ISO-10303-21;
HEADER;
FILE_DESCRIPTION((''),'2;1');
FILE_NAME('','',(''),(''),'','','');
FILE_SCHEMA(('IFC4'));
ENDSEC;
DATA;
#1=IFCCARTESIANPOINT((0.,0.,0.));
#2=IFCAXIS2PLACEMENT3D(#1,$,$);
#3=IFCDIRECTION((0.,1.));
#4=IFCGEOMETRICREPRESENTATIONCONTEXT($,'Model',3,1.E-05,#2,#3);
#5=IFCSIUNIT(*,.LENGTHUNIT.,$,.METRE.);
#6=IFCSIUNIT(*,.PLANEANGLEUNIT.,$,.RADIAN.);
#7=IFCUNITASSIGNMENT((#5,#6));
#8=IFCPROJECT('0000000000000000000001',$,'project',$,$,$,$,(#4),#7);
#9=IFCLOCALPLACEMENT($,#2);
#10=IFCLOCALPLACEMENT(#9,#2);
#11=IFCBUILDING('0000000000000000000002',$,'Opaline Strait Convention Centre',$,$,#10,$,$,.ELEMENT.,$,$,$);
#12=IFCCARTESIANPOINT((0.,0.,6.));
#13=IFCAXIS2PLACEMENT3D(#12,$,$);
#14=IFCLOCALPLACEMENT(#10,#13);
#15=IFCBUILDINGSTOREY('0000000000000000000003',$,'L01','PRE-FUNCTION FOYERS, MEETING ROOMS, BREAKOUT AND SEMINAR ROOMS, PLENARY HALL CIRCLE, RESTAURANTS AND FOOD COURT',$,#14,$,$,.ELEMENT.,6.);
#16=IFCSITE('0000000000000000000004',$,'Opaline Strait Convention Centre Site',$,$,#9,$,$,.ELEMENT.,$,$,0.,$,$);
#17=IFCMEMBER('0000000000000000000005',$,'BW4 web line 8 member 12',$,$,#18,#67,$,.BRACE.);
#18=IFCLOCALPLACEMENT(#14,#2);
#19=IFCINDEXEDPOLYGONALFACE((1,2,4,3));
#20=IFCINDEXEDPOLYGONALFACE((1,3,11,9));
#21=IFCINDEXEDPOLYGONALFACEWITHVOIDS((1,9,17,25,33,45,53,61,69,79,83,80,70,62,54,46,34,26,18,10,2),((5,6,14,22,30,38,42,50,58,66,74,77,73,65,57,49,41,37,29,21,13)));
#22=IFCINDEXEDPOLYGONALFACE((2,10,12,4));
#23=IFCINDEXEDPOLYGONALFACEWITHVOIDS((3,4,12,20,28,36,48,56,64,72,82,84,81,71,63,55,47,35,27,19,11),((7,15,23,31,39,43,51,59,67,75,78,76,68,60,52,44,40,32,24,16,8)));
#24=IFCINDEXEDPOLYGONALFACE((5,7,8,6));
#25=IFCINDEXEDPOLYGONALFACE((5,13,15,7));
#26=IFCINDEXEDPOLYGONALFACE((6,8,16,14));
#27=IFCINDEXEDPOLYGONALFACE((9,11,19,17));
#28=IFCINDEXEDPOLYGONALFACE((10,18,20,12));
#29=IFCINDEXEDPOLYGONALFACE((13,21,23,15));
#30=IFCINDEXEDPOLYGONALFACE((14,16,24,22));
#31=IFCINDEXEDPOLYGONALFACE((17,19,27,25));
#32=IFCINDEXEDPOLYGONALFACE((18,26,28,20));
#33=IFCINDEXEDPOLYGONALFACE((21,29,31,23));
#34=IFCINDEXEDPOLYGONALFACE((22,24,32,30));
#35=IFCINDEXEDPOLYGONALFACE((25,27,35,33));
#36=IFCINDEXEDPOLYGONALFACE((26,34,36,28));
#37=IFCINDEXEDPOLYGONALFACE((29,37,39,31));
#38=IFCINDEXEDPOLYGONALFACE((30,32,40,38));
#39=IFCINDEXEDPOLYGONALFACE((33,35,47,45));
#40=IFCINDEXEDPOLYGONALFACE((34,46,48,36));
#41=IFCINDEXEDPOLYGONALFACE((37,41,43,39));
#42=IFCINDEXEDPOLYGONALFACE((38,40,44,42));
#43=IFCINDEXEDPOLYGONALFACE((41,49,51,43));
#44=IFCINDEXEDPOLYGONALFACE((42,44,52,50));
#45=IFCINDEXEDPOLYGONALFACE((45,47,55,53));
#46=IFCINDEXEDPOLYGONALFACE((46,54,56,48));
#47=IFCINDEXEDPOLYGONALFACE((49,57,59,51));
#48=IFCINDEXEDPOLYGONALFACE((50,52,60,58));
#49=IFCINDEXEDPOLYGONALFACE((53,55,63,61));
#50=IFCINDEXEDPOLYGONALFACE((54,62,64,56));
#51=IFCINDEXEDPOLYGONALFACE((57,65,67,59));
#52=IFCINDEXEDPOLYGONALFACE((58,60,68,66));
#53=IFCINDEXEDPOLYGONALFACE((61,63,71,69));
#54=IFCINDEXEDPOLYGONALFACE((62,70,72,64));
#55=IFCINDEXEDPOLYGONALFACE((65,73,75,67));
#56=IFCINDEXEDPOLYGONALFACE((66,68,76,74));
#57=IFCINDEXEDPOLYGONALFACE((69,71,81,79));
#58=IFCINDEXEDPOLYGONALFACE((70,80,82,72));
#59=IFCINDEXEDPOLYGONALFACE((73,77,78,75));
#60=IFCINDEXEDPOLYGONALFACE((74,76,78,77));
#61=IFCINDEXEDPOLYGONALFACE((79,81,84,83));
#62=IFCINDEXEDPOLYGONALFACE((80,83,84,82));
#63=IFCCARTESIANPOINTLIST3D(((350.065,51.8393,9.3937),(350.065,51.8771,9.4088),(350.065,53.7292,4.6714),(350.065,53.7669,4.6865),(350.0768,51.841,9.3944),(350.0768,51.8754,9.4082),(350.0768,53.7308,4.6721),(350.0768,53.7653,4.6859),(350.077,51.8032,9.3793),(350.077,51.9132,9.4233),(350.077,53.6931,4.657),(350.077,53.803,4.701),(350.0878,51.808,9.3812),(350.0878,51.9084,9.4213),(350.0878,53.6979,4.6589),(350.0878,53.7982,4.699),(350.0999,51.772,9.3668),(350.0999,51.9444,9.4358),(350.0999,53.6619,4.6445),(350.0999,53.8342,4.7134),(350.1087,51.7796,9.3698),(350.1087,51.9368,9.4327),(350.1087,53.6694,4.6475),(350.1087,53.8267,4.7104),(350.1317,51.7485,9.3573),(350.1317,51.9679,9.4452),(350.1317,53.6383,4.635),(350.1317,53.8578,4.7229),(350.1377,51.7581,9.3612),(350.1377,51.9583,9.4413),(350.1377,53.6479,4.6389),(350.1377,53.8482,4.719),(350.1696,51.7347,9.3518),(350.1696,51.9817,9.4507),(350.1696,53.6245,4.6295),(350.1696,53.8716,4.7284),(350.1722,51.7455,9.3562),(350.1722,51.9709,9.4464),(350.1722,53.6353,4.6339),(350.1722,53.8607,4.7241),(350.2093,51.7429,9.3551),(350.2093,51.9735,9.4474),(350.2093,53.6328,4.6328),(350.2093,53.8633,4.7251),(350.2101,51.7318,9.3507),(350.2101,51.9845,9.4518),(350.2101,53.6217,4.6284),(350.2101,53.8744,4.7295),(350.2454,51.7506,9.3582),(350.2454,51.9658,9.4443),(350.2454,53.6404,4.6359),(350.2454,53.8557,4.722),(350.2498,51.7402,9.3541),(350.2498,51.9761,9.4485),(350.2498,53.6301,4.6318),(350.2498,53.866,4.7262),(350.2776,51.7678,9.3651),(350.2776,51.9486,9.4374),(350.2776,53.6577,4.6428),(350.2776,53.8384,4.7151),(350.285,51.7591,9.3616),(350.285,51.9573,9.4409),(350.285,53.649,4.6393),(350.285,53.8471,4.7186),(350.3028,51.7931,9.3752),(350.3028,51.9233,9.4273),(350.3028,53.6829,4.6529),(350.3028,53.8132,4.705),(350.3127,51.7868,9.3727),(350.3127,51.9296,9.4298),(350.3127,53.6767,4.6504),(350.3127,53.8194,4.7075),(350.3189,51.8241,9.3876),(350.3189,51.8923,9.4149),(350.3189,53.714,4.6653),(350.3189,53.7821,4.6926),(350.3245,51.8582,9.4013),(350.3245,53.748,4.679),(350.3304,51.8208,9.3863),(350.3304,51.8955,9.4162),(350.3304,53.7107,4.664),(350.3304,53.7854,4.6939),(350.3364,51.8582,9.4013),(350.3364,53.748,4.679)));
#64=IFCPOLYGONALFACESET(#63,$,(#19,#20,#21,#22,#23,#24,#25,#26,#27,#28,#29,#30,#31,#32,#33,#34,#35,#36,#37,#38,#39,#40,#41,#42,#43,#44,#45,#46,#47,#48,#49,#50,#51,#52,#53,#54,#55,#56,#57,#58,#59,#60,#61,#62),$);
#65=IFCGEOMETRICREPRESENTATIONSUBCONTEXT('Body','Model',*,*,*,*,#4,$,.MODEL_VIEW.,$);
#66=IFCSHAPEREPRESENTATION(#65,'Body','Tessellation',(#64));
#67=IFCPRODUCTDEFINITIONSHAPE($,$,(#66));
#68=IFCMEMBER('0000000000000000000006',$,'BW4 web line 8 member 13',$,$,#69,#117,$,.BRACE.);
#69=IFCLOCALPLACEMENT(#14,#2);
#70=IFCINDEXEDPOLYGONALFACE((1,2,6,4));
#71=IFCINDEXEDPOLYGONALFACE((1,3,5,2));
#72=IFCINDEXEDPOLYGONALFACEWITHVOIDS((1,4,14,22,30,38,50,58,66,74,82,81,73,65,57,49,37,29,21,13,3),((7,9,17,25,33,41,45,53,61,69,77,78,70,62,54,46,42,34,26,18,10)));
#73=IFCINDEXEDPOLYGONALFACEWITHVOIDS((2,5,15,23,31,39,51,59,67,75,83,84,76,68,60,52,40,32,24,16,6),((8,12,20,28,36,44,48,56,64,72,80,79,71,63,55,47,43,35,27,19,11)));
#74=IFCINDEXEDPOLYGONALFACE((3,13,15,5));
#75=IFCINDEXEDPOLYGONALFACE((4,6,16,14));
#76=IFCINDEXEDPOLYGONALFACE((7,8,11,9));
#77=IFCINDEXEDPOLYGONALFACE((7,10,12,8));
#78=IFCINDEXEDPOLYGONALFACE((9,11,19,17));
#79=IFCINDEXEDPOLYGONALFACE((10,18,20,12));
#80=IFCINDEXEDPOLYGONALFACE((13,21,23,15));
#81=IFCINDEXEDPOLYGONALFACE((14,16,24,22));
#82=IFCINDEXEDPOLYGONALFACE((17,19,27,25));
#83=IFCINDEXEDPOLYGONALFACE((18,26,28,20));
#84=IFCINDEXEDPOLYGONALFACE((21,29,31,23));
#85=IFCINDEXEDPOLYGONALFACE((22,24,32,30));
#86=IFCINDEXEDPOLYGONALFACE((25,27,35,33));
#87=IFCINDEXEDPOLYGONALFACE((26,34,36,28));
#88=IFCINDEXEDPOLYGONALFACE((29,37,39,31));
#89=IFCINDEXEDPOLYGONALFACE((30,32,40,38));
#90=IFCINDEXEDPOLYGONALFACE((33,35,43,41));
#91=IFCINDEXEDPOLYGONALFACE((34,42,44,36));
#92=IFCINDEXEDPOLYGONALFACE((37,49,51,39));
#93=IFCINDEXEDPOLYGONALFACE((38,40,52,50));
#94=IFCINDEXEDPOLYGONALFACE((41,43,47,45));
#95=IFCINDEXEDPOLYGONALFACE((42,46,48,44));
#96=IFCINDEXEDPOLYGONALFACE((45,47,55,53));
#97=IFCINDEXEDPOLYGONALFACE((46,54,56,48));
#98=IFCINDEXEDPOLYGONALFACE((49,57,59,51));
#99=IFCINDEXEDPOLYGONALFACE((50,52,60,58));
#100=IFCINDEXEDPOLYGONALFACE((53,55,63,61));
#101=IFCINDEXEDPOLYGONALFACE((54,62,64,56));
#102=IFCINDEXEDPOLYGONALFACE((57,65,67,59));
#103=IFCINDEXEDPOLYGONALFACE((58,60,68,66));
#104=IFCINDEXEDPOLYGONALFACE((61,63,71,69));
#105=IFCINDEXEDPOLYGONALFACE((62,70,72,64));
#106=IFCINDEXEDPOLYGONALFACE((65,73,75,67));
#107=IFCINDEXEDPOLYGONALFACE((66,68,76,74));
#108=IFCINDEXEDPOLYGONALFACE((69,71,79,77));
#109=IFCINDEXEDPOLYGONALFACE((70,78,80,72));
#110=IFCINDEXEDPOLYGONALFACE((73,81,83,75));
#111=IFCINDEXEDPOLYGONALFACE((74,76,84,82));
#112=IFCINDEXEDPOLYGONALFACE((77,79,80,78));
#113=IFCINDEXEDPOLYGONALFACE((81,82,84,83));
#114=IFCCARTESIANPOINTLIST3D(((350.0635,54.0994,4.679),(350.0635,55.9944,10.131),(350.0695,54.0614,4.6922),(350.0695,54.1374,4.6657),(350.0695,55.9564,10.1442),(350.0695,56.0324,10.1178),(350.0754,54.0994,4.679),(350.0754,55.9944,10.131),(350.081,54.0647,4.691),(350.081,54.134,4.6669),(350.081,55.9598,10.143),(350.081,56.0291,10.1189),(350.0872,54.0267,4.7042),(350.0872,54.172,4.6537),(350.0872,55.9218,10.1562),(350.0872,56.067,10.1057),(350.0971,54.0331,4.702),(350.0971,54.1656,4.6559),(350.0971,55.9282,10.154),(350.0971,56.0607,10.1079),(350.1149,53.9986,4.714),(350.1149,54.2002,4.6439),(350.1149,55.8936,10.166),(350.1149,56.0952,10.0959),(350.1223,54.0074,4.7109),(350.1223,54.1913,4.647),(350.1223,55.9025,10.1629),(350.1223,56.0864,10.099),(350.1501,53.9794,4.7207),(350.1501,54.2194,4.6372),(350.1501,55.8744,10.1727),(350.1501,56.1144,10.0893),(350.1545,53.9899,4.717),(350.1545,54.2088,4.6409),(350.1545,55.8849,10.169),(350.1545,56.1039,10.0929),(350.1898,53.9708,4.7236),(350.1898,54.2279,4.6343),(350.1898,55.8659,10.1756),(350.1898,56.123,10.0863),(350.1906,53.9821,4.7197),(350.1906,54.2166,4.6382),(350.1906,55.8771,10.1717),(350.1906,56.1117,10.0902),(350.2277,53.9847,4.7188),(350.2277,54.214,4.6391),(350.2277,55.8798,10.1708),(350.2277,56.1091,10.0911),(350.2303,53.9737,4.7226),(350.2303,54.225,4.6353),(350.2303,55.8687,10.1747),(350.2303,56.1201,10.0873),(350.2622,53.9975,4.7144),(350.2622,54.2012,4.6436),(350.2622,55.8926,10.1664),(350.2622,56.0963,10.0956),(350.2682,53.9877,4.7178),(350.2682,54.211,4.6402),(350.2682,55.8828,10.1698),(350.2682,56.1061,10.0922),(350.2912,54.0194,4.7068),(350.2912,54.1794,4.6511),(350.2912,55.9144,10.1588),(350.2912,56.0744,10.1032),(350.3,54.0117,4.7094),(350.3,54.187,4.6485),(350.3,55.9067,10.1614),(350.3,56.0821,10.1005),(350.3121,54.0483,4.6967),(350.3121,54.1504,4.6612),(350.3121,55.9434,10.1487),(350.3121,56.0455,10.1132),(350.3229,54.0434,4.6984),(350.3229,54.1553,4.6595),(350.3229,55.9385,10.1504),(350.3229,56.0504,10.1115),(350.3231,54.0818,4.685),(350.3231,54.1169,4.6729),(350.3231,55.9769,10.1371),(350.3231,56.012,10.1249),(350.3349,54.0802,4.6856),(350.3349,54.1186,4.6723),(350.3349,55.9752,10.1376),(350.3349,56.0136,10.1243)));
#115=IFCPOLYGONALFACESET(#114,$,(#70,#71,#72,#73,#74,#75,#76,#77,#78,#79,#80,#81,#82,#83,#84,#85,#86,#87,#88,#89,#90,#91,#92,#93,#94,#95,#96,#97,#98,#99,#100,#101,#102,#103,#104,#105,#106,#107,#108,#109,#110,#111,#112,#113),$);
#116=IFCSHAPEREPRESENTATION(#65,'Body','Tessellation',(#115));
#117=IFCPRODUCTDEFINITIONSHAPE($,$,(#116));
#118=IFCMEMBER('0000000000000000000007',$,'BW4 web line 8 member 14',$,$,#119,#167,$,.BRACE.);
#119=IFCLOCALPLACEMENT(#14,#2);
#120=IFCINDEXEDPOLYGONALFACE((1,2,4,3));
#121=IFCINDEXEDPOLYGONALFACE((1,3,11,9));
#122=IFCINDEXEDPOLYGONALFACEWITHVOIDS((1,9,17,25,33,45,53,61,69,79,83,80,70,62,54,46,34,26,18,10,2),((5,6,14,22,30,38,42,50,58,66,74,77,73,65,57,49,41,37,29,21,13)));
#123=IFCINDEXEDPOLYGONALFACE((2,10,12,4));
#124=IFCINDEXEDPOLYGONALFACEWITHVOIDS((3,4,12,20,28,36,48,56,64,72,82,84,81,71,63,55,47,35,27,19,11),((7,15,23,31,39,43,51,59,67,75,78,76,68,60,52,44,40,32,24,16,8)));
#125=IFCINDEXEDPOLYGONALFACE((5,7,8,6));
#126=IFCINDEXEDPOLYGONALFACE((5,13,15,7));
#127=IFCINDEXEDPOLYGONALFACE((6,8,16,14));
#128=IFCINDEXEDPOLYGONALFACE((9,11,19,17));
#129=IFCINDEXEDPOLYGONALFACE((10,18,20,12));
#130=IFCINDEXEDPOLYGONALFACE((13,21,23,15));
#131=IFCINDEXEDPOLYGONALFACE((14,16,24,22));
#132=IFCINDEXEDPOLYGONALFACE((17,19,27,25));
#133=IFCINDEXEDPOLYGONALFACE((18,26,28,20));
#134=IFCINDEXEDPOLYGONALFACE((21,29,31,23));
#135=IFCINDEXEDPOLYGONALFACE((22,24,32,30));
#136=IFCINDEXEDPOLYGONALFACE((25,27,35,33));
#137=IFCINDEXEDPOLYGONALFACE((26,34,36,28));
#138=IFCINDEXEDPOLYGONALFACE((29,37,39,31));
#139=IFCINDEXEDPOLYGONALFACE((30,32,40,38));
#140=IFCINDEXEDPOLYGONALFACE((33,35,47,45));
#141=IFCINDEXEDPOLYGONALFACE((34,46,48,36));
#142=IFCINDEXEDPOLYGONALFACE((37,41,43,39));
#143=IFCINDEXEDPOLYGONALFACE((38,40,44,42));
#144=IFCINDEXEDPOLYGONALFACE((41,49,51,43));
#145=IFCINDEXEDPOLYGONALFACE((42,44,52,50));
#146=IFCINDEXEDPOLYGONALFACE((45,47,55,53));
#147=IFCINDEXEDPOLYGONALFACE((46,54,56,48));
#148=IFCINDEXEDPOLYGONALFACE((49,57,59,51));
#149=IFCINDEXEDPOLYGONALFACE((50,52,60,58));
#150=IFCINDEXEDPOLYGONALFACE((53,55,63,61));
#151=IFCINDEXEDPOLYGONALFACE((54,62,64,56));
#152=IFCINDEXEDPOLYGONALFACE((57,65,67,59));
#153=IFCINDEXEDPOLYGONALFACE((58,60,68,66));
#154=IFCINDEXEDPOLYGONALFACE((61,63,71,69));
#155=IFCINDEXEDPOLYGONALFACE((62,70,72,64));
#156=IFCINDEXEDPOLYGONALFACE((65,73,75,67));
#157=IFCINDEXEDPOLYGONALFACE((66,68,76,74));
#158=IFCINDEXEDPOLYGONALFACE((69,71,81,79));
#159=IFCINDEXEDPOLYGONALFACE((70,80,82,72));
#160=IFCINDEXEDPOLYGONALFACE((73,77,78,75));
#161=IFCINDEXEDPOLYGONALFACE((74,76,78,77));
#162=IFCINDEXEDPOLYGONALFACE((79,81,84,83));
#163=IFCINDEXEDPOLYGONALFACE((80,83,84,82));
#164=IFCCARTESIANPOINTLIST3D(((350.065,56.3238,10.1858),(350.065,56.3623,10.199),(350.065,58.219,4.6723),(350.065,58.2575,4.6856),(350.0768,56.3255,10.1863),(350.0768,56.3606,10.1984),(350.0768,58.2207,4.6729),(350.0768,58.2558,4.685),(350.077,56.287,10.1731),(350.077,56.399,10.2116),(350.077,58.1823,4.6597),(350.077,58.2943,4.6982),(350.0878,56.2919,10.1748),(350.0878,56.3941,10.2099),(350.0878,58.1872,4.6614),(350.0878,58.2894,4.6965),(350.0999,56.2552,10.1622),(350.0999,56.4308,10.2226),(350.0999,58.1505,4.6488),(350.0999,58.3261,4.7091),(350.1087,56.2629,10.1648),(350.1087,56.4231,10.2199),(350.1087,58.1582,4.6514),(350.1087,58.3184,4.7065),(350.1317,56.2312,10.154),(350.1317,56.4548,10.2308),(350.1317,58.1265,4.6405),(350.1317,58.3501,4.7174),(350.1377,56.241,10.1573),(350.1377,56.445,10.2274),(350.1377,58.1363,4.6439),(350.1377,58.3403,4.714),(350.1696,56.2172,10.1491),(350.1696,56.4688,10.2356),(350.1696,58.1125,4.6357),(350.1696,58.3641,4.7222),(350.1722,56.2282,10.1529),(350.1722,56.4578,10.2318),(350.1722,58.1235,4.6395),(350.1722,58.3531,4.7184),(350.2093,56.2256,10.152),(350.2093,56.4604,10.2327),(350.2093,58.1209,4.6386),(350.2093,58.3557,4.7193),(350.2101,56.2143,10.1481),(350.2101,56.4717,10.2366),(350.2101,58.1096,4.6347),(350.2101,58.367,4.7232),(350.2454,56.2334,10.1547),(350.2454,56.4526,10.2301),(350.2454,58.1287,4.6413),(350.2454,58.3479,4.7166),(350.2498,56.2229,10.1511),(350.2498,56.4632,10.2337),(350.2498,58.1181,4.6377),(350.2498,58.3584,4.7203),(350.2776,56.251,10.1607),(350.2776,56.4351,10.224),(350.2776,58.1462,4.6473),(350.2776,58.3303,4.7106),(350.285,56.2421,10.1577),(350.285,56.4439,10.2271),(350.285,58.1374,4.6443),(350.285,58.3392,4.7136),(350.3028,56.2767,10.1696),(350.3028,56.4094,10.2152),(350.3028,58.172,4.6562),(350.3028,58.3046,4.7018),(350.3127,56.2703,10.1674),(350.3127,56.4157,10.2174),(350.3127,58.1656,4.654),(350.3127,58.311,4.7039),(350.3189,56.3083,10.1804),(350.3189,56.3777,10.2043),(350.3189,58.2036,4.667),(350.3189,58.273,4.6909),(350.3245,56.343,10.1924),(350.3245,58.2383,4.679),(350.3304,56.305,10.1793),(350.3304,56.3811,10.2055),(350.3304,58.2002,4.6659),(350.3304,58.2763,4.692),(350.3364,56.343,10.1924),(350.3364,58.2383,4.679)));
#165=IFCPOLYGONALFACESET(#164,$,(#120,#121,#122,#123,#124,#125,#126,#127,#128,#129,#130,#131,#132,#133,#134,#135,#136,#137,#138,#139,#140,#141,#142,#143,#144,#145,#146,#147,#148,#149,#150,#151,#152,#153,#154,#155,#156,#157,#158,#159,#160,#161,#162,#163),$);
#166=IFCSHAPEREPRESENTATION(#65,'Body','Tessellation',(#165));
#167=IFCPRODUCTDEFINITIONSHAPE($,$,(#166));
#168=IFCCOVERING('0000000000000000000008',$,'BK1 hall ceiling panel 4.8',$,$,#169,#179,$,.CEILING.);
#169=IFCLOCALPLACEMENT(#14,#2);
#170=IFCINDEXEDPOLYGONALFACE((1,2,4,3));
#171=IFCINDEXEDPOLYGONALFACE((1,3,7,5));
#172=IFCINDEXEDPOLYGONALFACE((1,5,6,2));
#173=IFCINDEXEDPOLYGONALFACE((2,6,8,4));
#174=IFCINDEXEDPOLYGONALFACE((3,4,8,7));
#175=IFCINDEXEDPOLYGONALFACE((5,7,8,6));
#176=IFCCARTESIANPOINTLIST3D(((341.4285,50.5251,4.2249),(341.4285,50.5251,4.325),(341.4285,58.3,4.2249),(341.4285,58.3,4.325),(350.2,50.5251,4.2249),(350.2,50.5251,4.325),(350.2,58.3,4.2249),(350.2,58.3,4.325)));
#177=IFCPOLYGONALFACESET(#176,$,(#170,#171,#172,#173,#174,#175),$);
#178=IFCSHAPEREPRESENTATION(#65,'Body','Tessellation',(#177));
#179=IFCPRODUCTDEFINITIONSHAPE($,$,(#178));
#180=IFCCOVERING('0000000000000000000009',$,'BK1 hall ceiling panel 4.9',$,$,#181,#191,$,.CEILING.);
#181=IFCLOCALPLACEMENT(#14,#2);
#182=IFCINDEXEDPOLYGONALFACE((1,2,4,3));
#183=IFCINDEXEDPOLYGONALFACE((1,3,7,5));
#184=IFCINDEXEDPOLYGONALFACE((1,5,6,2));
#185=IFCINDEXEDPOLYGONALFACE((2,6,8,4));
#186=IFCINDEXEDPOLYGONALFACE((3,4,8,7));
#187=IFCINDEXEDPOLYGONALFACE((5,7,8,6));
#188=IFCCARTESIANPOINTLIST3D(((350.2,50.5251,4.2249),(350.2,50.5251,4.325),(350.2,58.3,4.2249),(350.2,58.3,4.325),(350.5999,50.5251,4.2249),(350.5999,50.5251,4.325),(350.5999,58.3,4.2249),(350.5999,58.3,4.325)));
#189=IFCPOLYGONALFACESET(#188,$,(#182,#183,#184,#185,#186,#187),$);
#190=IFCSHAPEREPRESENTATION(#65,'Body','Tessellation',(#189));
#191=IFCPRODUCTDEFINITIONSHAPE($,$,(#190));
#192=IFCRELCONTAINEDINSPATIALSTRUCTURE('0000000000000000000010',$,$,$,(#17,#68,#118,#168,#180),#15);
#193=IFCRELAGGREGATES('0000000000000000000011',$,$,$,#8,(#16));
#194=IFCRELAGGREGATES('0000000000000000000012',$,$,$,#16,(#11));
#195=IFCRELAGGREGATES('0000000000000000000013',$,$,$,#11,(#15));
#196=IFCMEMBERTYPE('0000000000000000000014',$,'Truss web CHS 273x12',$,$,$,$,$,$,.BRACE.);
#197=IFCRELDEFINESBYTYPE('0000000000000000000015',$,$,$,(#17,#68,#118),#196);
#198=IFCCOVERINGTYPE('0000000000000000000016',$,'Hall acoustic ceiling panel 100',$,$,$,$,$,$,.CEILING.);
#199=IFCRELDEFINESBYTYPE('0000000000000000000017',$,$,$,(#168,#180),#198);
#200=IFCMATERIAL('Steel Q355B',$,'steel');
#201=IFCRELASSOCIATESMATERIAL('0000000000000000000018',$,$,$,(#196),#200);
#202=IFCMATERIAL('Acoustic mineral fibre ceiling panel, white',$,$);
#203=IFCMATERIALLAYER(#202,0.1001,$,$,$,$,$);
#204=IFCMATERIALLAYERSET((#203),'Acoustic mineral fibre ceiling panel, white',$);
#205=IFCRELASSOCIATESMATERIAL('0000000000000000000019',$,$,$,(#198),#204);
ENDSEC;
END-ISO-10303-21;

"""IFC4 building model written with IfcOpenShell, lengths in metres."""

from ifc_helpers import new_model, si_unit, direction, frame, origin, origin_2d, place, context, subcontext, project, spatial, rectangle, hollow_circle, extrude, material, layer, layer_set, material_profile, profile_set, type_object, element, save


model = new_model("IFC4")

# Units and contexts
model_context = context("Model", 3, precision=1e-05, world=origin(), true_north=direction((0.0, 1.0)))
body_context = subcontext(model_context, "Body", "Model", "MODEL_VIEW")
ifc_project = project(units=[si_unit("LENGTHUNIT", "METRE"), si_unit("PLANEANGLEUNIT", "RADIAN")], contexts=[model_context])

# Site, building, storey
site_placement = place(None, origin())
site = spatial("IfcSite", under=ifc_project, at=site_placement, Name="Opaline Strait Convention Centre Site", CompositionType="ELEMENT", RefElevation=0.0)
building_placement = place(site_placement, origin())
building = spatial("IfcBuilding", under=site, at=building_placement, Name="Opaline Strait Convention Centre", CompositionType="ELEMENT")
storey_placement = place(building_placement, frame((0.0, 0.0, 6.0)))
storey = spatial("IfcBuildingStorey", under=building, at=storey_placement, Name="L01", Description="PRE-FUNCTION FOYERS, MEETING ROOMS, BREAKOUT AND SEMINAR ROOMS, PLENARY HALL CIRCLE, RESTAURANTS AND FOOD COURT", CompositionType="ELEMENT", Elevation=6.0)

# Members
ifc_material_1 = material(Name="Steel Q355B", Category="steel")
ifc_material_profile_1 = material_profile(ifc_material_1, hollow_circle(Radius=0.1365, WallThickness=0.012, at=origin_2d()), Name="CHS 273x12")
ifc_profile_set_1 = profile_set([ifc_material_profile_1], Name="Steel Q355B")
member_type_1 = type_object("IfcMemberType", Name="Truss web CHS 273x12", PredefinedType="BRACE", material=ifc_profile_set_1)
member_1_placement = place(storey_placement, frame((350.2, 53.748, 4.679), z_axis=(0.0, -0.371548, 0.928414), x_axis=(1.0, 0.0, 0.0)))
element("IfcMember", 1, at=member_1_placement, inside=storey, type_object=member_type_1, Name="BW4 web line 8 member 12", PredefinedType="BRACE", context=body_context, shape_type="SweptSolid", body=[
    extrude(hollow_circle(Radius=0.1365, WallThickness=0.012, at=origin_2d()), origin(), (0.0, 0.0, 1.0), 5.0864),
])
member_2_placement = place(storey_placement, frame((350.2, 54.0994, 4.679), z_axis=(0.0, 0.32832, 0.944566), x_axis=(-1.0, 0.0, 0.0)))
element("IfcMember", 2, at=member_2_placement, inside=storey, type_object=member_type_1, Name="BW4 web line 8 member 13", PredefinedType="BRACE", context=body_context, shape_type="SweptSolid", body=[
    extrude(hollow_circle(Radius=0.1365, WallThickness=0.012, at=origin_2d()), origin(), (0.0, 0.0, 1.0), 5.772),
])
member_3_placement = place(storey_placement, frame((350.2, 58.2383, 4.679), z_axis=(0.0, -0.325083, 0.945685), x_axis=(1.0, 0.0, 0.0)))
element("IfcMember", 3, at=member_3_placement, inside=storey, type_object=member_type_1, Name="BW4 web line 8 member 14", PredefinedType="BRACE", context=body_context, shape_type="SweptSolid", body=[
    extrude(hollow_circle(Radius=0.1365, WallThickness=0.012, at=origin_2d()), origin(), (0.0, 0.0, 1.0), 5.8301),
])

# Coverings
ifc_material_2 = material(Name="Acoustic mineral fibre ceiling panel, white")
ifc_layer_1 = layer(ifc_material_2, 0.1001)
ifc_layer_set_1 = layer_set([ifc_layer_1], Name="Acoustic mineral fibre ceiling panel, white")
covering_type = type_object("IfcCoveringType", Name="Hall acoustic ceiling panel 100", PredefinedType="CEILING", material=ifc_layer_set_1)
covering_1_placement = place(storey_placement, frame((345.8142, 54.4126, 4.2249), z_axis=(0.0, 0.0, 1.0), x_axis=(1.0, 0.0, 0.0)))
element("IfcCovering", 4, at=covering_1_placement, inside=storey, type_object=covering_type, Name="BK1 hall ceiling panel 4.8", PredefinedType="CEILING", context=body_context, shape_type="SweptSolid", body=[
    extrude(rectangle(XDim=8.7715, YDim=7.7749, at=origin_2d()), origin(), (0.0, 0.0, 1.0), 0.1001),
])
covering_2_placement = place(storey_placement, frame((350.3999, 54.4126, 4.2249), z_axis=(0.0, 0.0, 1.0), x_axis=(1.0, 0.0, 0.0)))
element("IfcCovering", 5, at=covering_2_placement, inside=storey, type_object=covering_type, Name="BK1 hall ceiling panel 4.9", PredefinedType="CEILING", context=body_context, shape_type="SweptSolid", body=[
    extrude(rectangle(XDim=0.3999, YDim=7.7749, at=origin_2d()), origin(), (0.0, 0.0, 1.0), 0.1001),
])

save(model, "model.ifc")
